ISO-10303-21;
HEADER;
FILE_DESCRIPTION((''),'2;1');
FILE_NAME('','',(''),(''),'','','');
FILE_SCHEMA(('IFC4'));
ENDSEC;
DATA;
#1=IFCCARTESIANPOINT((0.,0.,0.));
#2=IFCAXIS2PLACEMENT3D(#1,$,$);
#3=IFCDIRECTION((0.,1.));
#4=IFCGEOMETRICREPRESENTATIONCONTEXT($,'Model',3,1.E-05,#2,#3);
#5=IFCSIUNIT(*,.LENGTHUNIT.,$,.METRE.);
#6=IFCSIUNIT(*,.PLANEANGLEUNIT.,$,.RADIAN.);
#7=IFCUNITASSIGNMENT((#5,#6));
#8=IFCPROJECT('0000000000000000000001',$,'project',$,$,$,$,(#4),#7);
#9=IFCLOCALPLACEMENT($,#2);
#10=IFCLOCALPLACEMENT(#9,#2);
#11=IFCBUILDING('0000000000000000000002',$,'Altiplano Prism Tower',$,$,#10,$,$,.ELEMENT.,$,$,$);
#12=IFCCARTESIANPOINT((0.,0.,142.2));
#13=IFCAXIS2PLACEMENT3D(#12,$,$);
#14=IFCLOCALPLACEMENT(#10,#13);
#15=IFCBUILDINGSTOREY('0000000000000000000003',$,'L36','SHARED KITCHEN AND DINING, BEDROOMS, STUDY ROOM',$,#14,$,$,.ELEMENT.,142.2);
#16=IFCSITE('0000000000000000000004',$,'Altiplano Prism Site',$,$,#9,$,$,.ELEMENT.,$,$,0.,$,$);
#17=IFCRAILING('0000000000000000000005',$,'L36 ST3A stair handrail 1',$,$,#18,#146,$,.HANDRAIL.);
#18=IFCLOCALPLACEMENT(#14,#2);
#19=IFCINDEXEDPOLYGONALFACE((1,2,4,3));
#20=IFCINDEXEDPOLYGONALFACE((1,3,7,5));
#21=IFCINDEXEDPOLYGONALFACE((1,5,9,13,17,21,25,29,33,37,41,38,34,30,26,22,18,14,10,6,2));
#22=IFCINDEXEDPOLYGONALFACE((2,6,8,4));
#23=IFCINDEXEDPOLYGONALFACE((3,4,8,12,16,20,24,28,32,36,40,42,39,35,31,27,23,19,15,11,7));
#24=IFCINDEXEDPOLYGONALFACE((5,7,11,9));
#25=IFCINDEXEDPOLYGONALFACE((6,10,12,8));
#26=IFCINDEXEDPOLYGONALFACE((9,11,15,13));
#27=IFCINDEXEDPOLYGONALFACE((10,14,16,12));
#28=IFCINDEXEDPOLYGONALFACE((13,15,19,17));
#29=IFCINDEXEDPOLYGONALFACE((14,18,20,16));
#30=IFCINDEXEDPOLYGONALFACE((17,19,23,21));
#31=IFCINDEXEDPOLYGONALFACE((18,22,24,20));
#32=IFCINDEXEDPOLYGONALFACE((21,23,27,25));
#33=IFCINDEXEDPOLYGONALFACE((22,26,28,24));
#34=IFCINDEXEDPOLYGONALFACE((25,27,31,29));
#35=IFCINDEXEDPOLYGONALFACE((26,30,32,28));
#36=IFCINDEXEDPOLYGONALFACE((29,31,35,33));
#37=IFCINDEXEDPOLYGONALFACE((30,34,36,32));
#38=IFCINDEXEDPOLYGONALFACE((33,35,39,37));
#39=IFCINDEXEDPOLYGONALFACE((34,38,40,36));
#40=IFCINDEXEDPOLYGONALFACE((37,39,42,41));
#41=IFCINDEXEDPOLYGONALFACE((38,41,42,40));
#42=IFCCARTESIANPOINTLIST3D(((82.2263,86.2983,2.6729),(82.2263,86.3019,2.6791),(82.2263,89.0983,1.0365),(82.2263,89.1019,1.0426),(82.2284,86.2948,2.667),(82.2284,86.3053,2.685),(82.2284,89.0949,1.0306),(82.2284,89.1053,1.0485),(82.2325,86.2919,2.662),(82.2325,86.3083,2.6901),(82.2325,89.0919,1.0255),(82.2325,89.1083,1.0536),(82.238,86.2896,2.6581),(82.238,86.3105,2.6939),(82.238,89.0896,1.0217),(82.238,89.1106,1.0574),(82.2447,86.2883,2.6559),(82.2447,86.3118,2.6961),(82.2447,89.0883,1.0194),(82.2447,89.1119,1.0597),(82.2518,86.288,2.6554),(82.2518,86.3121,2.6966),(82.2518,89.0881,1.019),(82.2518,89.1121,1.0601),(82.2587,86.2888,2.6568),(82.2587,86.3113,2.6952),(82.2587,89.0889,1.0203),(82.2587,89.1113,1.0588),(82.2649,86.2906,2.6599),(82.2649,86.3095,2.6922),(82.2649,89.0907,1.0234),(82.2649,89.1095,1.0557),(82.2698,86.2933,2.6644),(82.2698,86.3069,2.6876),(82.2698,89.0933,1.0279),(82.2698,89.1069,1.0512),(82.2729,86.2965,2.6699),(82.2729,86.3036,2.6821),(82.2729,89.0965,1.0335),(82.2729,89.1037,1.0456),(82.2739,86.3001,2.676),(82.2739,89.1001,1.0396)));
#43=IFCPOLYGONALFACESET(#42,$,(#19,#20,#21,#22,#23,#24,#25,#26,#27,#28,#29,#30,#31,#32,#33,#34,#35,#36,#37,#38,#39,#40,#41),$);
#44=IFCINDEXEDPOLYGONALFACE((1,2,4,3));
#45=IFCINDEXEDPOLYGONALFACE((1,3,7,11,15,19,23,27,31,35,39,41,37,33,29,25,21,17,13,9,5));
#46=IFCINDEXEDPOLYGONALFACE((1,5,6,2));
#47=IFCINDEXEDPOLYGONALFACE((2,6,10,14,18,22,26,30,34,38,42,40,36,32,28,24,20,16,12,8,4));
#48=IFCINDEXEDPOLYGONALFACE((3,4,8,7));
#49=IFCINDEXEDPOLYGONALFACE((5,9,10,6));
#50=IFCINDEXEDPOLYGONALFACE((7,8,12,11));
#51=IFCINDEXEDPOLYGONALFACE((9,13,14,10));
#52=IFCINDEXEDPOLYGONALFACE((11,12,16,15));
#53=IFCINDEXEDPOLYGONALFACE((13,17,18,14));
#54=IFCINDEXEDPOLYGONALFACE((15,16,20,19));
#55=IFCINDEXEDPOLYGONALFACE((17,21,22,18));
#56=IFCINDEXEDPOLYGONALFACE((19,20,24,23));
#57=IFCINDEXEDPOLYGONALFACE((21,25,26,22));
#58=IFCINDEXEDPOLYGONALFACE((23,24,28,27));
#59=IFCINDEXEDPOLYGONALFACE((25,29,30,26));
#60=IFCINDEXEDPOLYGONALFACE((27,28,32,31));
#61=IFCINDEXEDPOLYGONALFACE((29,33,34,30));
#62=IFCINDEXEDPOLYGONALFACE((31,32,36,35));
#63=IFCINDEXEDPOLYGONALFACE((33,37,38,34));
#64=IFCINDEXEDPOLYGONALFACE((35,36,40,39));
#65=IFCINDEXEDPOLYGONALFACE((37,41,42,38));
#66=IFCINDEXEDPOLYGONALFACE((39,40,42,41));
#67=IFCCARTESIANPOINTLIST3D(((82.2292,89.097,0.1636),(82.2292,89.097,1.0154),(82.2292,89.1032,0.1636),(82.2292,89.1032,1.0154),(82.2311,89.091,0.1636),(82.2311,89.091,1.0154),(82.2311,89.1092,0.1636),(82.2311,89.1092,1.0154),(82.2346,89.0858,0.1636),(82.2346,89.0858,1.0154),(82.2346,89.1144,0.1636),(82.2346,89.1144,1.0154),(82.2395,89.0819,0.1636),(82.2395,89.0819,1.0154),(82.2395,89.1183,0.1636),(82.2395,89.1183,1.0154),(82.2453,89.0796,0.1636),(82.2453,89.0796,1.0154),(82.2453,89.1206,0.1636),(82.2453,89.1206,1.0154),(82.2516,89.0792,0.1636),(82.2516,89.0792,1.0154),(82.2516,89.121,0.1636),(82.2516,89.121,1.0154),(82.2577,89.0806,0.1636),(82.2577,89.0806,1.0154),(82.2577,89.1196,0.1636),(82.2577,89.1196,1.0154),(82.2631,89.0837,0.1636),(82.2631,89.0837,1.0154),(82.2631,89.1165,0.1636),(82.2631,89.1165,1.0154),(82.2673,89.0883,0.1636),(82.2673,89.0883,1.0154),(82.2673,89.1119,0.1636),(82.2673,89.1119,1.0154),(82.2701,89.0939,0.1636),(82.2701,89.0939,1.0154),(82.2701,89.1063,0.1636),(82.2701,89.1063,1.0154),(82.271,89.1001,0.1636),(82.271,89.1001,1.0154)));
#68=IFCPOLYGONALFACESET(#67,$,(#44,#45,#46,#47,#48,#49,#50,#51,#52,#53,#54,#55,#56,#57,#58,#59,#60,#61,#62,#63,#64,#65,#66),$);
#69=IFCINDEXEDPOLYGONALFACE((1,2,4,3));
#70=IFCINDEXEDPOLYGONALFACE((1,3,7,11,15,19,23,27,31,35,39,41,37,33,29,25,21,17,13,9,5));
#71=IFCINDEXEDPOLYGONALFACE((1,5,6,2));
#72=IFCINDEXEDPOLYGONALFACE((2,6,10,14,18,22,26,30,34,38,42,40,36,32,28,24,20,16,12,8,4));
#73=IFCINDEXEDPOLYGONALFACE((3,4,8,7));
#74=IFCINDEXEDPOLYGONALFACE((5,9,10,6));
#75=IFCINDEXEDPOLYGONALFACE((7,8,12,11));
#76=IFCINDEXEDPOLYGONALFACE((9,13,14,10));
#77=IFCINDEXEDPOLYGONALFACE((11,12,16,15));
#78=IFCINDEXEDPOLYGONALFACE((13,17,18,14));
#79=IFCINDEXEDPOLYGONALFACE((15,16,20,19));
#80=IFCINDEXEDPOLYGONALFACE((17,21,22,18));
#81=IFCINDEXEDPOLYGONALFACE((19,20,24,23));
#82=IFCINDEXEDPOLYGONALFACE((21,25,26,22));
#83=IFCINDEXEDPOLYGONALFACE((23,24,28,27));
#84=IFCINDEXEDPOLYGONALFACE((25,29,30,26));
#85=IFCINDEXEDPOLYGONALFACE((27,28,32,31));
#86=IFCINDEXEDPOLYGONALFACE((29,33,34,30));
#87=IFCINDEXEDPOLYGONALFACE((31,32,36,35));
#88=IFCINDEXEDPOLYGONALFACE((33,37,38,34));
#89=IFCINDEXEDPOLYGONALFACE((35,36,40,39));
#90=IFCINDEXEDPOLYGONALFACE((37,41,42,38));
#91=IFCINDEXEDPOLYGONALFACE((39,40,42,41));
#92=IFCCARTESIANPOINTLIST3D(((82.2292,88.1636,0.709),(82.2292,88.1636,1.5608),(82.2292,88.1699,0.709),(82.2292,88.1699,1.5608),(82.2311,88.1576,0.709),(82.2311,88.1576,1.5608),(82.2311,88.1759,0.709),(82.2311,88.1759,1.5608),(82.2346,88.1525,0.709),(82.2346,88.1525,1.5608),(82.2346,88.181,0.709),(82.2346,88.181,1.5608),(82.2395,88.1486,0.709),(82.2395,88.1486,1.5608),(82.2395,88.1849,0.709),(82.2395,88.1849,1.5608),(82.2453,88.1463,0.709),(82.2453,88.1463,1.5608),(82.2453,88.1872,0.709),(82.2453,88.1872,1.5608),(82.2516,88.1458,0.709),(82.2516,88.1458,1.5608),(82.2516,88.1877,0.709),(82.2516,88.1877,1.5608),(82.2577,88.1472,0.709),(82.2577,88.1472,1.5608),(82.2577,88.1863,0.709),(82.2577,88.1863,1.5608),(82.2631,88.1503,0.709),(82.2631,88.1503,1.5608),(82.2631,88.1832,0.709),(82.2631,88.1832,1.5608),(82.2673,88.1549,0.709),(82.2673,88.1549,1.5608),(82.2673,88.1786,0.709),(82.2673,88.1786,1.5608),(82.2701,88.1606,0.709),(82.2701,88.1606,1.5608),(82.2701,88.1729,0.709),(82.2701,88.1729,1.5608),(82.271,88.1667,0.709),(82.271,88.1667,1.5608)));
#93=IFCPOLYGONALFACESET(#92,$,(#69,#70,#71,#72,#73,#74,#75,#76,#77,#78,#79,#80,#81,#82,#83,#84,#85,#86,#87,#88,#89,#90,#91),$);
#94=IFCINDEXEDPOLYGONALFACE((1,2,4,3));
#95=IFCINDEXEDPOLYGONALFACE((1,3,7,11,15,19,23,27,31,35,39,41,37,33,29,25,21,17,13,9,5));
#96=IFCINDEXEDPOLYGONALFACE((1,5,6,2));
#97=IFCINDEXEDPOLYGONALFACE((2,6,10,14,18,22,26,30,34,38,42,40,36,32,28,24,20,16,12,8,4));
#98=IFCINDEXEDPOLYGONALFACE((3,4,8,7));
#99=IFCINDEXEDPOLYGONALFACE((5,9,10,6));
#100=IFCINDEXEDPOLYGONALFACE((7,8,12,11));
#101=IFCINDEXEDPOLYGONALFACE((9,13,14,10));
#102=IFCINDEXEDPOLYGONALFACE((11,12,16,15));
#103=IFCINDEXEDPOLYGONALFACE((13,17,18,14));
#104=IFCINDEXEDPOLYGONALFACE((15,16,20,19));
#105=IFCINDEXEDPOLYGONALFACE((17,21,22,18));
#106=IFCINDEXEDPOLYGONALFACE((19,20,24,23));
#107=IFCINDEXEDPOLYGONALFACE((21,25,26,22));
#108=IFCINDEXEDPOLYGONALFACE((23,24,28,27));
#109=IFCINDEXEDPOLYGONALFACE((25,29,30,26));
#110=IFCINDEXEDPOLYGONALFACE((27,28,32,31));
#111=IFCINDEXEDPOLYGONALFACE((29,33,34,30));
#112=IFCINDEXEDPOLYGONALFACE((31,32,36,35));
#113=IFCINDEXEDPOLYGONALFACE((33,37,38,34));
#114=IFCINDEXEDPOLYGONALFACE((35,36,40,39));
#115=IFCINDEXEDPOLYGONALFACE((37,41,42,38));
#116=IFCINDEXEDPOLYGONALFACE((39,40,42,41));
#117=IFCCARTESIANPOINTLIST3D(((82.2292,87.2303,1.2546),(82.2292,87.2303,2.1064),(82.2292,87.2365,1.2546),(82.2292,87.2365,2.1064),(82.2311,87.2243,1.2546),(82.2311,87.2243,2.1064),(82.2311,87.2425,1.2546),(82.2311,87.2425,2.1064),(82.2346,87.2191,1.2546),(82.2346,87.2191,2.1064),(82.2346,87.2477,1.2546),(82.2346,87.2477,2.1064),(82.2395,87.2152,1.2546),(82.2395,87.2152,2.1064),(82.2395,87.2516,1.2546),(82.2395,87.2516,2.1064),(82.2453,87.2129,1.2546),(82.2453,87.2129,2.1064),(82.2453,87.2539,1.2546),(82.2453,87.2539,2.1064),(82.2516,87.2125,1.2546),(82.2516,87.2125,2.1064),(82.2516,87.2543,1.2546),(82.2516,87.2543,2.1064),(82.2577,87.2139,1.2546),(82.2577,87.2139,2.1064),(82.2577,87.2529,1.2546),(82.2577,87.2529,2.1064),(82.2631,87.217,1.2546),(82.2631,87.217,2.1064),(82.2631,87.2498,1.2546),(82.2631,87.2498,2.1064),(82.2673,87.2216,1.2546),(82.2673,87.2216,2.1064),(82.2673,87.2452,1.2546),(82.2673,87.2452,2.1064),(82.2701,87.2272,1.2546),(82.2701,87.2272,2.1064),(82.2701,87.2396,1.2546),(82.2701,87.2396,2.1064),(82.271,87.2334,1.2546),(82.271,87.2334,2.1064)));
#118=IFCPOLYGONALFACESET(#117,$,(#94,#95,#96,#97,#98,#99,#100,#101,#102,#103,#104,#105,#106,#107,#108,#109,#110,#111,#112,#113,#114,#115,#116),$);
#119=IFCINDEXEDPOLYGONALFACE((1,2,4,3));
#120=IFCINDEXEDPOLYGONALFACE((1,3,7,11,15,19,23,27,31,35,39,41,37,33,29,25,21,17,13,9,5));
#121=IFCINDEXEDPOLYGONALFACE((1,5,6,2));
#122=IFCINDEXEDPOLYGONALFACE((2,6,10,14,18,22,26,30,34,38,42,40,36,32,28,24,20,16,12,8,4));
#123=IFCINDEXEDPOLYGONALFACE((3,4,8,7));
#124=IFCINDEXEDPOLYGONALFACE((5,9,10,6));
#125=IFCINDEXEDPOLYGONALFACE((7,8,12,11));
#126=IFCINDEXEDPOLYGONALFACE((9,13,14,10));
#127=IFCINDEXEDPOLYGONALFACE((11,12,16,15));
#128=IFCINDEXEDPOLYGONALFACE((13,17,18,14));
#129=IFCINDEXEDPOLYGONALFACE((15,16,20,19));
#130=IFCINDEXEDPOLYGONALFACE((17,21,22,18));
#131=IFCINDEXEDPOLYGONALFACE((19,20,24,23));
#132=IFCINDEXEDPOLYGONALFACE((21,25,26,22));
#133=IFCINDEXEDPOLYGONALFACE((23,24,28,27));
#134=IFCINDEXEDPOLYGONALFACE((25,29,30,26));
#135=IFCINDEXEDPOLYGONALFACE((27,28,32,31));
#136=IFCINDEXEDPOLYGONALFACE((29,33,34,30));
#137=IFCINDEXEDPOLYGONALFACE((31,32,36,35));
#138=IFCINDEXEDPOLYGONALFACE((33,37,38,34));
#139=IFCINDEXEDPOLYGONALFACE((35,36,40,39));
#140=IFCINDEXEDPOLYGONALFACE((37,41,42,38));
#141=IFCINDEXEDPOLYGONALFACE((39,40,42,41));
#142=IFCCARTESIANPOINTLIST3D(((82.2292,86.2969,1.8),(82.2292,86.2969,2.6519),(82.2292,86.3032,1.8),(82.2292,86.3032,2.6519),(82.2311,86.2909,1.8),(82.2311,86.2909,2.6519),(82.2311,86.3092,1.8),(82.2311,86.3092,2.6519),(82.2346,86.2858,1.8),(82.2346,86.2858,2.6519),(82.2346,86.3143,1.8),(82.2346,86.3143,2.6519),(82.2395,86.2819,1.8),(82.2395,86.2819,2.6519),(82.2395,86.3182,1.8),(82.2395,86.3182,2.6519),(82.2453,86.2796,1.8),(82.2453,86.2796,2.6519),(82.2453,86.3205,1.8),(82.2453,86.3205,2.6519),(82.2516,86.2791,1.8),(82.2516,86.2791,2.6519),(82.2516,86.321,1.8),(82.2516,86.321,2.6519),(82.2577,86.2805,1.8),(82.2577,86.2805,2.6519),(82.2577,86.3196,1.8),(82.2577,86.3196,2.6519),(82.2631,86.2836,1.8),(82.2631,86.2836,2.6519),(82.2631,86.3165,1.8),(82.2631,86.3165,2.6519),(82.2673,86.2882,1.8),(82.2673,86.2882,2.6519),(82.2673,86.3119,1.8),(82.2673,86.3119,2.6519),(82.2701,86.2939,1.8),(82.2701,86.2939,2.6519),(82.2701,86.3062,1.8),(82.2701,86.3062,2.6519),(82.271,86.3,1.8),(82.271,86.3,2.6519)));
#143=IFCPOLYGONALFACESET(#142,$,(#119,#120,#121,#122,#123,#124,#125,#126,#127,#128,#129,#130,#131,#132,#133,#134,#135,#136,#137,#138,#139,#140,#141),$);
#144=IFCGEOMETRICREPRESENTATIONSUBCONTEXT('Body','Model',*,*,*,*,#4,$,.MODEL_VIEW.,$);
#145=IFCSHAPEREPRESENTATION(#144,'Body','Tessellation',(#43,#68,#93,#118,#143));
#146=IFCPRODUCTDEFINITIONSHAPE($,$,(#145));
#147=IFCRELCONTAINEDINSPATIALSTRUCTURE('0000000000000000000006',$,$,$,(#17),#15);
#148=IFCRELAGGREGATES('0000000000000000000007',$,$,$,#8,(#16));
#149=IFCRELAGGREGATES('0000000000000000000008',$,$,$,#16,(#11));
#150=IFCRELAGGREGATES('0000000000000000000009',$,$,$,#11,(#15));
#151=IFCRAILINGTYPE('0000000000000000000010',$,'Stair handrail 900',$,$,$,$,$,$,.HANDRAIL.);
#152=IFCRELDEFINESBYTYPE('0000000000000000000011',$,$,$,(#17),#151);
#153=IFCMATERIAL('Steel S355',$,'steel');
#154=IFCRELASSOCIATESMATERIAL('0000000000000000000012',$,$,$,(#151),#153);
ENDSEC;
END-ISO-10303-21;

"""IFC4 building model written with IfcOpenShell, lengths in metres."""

from ifc_helpers import new_model, si_unit, direction, frame, origin, origin_2d, place, context, subcontext, project, spatial, circle, extrude, material, type_object, element, save


model = new_model("IFC4")

# Units and contexts
model_context = context("Model", 3, precision=1e-05, world=origin(), true_north=direction((0.0, 1.0)))
body_context = subcontext(model_context, "Body", "Model", "MODEL_VIEW")
ifc_project = project(units=[si_unit("LENGTHUNIT", "METRE"), si_unit("PLANEANGLEUNIT", "RADIAN")], contexts=[model_context])

# Site, building, storey
site_placement = place(None, origin())
site = spatial("IfcSite", under=ifc_project, at=site_placement, Name="Altiplano Prism Site", CompositionType="ELEMENT", RefElevation=0.0)
building_placement = place(site_placement, origin())
building = spatial("IfcBuilding", under=site, at=building_placement, Name="Altiplano Prism Tower", CompositionType="ELEMENT")
storey_placement = place(building_placement, frame((0.0, 0.0, 142.2)))
storey = spatial("IfcBuildingStorey", under=building, at=storey_placement, Name="L36", Description="SHARED KITCHEN AND DINING, BEDROOMS, STUDY ROOM", CompositionType="ELEMENT", Elevation=142.2)

# Railing
ifc_material_1 = material(Name="Steel S355", Category="steel")
railing_type_1 = type_object("IfcRailingType", Name="Stair handrail 900", PredefinedType="HANDRAIL", material=ifc_material_1)
railing_1_placement = place(storey_placement, frame((82.25, 89.1001, 0.1636)))
element("IfcRailing", 1, at=railing_1_placement, inside=storey, type_object=railing_type_1, Name="L36 ST3A stair handrail 1", PredefinedType="HANDRAIL", context=body_context, shape_type="SweptSolid", body=[
    extrude(circle(Radius=0.0239, at=origin_2d()), frame((0.0, 0.0, 0.876), z_axis=(0.0, -0.863361, 0.504587), x_axis=(1.0, 0.0, 0.0)), (0.0, 0.0, 1.0), 3.2432),
    extrude(circle(Radius=0.021, at=origin_2d()), origin(), (0.0, 0.0, 1.0), 0.8518),
    extrude(circle(Radius=0.021, at=origin_2d()), frame((0.0, -0.9333, 0.5454)), (0.0, 0.0, 1.0), 0.8518),
    extrude(circle(Radius=0.021, at=origin_2d()), frame((0.0, -1.8667, 1.0911)), (0.0, 0.0, 1.0), 0.8518),
    extrude(circle(Radius=0.021, at=origin_2d()), frame((0.0, -2.8, 1.6365)), (0.0, 0.0, 1.0), 0.8518),
])

save(model, "model.ifc")
